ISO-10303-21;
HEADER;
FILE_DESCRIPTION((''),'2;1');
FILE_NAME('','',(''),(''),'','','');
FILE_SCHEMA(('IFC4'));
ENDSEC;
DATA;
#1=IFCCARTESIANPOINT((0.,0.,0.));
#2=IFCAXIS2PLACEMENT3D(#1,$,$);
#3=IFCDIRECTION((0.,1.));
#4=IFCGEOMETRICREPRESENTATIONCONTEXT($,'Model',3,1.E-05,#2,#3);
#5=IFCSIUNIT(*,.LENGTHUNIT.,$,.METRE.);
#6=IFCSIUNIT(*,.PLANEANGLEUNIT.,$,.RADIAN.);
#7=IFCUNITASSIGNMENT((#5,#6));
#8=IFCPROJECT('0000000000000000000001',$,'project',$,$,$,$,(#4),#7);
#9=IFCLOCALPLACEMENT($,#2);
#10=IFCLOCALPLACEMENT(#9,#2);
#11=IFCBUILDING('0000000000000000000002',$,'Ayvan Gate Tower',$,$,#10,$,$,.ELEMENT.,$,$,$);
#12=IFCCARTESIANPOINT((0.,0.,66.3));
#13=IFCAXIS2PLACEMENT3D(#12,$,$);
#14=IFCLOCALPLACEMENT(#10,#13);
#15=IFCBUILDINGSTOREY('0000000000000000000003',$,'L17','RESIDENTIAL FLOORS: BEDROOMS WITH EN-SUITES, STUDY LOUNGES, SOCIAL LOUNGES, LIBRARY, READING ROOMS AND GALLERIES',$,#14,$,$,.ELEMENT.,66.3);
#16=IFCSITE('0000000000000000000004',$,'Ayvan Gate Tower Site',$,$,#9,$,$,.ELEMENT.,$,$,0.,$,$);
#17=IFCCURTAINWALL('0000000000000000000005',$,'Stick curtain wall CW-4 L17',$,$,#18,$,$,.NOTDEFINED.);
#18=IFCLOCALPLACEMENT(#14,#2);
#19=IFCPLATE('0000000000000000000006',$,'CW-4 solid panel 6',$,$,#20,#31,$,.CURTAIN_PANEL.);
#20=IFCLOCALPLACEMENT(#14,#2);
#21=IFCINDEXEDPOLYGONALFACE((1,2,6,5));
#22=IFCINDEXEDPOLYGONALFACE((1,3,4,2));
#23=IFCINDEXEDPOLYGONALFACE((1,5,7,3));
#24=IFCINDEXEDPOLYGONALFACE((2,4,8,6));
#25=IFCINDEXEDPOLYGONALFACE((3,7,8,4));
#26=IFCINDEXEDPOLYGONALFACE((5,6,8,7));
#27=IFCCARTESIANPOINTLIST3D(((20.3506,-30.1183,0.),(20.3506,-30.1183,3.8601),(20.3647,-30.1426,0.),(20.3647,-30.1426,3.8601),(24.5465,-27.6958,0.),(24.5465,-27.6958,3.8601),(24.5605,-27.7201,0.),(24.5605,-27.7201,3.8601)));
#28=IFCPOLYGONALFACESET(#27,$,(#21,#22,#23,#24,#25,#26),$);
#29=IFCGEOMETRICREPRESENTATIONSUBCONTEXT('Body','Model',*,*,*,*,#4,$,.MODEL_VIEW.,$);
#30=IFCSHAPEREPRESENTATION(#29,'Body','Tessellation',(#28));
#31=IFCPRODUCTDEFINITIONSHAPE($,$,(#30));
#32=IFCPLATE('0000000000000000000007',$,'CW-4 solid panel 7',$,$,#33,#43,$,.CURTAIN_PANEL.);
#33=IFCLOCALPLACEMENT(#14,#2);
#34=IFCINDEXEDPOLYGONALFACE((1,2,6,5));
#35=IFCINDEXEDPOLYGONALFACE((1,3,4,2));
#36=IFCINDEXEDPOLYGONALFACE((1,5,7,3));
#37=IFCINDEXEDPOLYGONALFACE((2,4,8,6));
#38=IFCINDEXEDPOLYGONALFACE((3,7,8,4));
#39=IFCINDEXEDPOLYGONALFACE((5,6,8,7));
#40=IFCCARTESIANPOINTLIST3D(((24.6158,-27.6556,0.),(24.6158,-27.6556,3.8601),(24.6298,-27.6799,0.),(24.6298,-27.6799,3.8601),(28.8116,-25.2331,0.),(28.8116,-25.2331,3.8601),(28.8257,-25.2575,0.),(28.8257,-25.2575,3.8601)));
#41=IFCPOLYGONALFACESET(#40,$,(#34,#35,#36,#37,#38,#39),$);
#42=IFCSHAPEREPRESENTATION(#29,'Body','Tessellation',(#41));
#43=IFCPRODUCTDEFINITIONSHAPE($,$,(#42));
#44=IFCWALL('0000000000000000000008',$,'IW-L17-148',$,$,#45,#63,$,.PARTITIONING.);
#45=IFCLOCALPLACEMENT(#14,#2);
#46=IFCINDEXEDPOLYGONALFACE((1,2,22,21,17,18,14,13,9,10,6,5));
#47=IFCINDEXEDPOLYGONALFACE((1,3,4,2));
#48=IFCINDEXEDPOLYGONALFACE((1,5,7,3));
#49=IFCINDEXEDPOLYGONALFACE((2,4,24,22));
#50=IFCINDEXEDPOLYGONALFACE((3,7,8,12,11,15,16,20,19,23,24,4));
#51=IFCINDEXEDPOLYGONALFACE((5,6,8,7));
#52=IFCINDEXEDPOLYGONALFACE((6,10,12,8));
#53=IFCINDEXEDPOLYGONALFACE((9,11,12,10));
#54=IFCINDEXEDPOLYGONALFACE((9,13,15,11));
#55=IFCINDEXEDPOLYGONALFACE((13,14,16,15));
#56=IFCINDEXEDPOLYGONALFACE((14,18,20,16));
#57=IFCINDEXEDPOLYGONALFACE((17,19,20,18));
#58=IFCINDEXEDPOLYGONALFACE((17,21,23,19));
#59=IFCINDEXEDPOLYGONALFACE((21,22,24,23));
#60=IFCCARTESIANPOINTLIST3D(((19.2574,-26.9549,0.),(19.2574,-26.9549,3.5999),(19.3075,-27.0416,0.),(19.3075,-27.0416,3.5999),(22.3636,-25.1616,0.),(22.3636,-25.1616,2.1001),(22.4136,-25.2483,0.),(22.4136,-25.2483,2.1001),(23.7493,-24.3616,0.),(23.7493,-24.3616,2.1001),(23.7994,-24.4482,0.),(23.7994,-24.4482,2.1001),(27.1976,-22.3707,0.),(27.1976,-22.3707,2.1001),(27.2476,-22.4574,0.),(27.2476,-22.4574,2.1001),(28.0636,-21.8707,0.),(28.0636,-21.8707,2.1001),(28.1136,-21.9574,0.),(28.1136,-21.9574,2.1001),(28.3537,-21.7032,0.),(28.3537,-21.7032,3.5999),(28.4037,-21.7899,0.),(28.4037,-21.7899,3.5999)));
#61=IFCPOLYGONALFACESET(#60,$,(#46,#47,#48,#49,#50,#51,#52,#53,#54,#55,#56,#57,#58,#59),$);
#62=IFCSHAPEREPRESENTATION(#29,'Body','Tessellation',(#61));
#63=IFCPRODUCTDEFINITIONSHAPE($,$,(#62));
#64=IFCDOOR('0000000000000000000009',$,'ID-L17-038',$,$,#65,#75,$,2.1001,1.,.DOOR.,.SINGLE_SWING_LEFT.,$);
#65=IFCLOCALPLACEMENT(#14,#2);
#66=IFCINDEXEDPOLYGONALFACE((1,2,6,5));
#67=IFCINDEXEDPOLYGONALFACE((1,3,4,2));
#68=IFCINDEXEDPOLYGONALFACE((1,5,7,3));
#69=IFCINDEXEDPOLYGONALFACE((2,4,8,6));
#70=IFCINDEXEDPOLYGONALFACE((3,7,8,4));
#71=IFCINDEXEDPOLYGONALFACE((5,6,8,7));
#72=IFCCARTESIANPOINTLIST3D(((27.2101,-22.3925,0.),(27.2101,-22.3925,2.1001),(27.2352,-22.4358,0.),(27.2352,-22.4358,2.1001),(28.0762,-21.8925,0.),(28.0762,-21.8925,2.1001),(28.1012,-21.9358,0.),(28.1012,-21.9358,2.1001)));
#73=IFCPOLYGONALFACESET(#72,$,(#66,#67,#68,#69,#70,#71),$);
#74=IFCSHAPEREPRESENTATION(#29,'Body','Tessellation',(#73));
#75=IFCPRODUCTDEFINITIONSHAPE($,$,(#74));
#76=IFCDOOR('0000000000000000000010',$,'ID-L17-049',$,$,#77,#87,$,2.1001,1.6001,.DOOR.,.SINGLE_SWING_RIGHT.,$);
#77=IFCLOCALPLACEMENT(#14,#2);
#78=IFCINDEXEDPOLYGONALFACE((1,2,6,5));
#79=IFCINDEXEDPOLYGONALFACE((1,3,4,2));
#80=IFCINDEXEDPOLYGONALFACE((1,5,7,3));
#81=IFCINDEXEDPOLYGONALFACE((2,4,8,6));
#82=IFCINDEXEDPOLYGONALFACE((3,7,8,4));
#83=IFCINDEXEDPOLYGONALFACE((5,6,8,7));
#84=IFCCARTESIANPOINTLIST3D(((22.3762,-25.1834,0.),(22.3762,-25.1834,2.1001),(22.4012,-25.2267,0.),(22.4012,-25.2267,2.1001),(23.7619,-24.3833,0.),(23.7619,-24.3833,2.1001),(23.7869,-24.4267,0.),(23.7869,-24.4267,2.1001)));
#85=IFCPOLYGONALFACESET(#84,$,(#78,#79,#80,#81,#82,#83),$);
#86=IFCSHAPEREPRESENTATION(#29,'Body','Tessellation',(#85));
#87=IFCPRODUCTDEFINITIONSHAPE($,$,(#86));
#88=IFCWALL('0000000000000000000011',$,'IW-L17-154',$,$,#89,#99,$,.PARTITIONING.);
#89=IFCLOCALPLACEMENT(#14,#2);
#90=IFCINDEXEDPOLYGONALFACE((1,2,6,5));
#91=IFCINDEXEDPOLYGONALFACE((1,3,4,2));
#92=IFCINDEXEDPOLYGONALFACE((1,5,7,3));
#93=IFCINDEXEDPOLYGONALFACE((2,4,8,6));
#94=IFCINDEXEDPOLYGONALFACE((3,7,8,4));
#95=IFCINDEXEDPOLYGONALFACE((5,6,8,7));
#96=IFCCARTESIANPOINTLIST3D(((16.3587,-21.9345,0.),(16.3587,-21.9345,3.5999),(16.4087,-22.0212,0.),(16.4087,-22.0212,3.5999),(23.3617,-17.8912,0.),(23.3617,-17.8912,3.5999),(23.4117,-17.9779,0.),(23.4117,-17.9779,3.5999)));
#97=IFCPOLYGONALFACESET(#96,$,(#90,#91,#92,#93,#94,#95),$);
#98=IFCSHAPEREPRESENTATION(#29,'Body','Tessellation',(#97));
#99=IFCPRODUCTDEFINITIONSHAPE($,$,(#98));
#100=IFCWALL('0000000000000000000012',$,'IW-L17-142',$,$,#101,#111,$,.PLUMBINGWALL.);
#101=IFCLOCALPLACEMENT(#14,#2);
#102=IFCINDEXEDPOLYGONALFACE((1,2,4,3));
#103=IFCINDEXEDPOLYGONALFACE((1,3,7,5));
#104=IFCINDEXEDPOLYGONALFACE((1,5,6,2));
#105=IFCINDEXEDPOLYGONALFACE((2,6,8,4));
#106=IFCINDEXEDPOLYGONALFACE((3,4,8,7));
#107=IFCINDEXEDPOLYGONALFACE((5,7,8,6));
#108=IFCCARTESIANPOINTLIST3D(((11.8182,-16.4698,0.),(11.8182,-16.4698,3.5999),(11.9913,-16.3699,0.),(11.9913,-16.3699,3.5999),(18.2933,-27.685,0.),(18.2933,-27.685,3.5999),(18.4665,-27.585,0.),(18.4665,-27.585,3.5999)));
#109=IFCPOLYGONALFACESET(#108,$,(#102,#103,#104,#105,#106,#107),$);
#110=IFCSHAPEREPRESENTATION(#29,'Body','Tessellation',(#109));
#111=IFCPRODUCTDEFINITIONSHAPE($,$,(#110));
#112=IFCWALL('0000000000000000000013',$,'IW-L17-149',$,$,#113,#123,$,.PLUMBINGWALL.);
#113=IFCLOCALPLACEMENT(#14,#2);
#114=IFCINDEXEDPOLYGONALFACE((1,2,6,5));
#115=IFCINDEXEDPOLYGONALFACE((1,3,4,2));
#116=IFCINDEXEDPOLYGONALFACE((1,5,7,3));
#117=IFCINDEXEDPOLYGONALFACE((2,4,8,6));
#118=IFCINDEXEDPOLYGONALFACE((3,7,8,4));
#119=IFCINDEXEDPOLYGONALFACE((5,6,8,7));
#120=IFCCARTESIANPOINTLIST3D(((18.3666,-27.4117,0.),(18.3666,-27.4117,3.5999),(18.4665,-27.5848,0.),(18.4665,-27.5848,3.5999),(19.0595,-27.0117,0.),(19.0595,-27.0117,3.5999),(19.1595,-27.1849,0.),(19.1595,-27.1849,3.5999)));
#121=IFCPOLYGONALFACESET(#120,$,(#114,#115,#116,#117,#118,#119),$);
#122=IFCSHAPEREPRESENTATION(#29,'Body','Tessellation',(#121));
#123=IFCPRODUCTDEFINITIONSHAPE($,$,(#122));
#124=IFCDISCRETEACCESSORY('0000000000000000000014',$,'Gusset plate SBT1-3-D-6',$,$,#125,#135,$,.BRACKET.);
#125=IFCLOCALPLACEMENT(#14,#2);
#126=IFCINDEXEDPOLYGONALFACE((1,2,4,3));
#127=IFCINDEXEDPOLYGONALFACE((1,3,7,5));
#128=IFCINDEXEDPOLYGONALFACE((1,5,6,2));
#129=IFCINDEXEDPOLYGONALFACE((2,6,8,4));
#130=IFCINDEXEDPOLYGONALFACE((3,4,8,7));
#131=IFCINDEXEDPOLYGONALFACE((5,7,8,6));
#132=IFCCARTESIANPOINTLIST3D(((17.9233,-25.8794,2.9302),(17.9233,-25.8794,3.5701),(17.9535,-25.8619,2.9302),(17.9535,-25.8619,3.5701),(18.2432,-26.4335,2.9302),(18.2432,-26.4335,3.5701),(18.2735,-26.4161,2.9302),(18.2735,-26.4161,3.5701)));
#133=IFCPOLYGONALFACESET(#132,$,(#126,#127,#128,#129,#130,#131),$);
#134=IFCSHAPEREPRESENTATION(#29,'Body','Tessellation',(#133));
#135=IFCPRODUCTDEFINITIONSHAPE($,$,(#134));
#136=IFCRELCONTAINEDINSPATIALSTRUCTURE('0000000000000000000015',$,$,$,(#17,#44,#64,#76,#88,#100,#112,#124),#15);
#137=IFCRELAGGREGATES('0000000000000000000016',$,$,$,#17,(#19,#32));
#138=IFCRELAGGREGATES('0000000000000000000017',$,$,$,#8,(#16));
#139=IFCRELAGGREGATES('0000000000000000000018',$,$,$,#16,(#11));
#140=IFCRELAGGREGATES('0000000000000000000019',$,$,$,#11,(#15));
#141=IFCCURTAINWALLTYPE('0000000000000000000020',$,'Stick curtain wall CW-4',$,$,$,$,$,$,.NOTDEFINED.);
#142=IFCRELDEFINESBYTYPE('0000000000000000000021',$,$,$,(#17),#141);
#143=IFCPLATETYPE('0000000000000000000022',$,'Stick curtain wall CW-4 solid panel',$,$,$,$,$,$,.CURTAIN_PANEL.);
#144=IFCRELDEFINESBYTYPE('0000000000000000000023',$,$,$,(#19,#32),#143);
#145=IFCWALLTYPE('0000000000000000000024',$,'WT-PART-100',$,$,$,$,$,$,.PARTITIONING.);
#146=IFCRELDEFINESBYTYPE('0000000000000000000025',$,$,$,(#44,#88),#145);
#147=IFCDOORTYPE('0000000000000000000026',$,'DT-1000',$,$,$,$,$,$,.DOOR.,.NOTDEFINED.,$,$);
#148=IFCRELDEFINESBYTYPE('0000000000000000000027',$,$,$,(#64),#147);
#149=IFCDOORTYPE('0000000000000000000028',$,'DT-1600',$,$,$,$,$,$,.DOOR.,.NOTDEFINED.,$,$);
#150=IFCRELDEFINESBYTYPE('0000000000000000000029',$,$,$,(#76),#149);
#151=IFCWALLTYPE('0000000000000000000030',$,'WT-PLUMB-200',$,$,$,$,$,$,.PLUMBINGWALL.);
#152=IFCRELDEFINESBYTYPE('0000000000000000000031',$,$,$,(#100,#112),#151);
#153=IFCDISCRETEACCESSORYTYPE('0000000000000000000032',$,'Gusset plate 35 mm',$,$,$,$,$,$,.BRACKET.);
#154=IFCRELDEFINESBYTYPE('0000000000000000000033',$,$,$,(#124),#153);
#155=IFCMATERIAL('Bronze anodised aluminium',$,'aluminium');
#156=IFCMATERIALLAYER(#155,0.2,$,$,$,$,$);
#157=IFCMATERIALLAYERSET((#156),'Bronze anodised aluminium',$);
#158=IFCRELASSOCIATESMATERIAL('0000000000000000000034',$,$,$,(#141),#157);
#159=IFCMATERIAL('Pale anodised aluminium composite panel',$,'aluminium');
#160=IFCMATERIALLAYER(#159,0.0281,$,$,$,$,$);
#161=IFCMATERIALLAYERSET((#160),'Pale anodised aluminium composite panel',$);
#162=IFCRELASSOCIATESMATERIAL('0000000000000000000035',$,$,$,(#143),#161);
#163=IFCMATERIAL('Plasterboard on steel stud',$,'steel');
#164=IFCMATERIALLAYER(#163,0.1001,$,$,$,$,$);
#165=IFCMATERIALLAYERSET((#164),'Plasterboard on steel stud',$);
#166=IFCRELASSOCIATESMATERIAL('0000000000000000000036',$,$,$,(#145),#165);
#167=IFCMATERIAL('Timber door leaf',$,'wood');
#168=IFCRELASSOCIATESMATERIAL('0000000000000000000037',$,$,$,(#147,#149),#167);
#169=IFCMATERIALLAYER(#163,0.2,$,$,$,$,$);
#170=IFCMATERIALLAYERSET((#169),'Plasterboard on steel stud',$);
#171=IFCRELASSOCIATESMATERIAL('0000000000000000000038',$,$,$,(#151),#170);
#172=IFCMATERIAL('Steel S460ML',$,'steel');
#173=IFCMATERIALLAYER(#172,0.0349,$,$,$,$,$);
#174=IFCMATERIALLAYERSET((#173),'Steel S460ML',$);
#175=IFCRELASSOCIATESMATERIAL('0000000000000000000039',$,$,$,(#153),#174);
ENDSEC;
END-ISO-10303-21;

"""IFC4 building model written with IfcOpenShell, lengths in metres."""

from ifc_helpers import new_model, si_unit, direction, frame, frame_2d, origin, origin_2d, place, context, subcontext, project, spatial, rectangle, extrude, material, layer, layer_set, type_object, element, fill, aggregate, save


model = new_model("IFC4")

# Units and contexts
model_context = context("Model", 3, precision=1e-05, world=origin(), true_north=direction((0.0, 1.0)))
body_context = subcontext(model_context, "Body", "Model", "MODEL_VIEW")
ifc_project = project(units=[si_unit("LENGTHUNIT", "METRE"), si_unit("PLANEANGLEUNIT", "RADIAN")], contexts=[model_context])

# Site, building, storey
site_placement = place(None, origin())
site = spatial("IfcSite", under=ifc_project, at=site_placement, Name="Ayvan Gate Tower Site", CompositionType="ELEMENT", RefElevation=0.0)
building_placement = place(site_placement, origin())
building = spatial("IfcBuilding", under=site, at=building_placement, Name="Ayvan Gate Tower", CompositionType="ELEMENT")
storey_placement = place(building_placement, frame((0.0, 0.0, 66.3)))
storey = spatial("IfcBuildingStorey", under=building, at=storey_placement, Name="L17", Description="RESIDENTIAL FLOORS: BEDROOMS WITH EN-SUITES, STUDY LOUNGES, SOCIAL LOUNGES, LIBRARY, READING ROOMS AND GALLERIES", CompositionType="ELEMENT", Elevation=66.3)

# Shared definitions
ifc_material_1 = material(Name="Steel S460ML", Category="steel")

# Curtain wall, plates
ifc_material_2 = material(Name="Bronze anodised aluminium", Category="aluminium")
ifc_layer_1 = layer(ifc_material_2, 0.2)
ifc_layer_set_1 = layer_set([ifc_layer_1], Name="Bronze anodised aluminium")
curtain_wall_type = type_object("IfcCurtainWallType", Name="Stick curtain wall CW-4", PredefinedType="NOTDEFINED", material=ifc_layer_set_1)
curtain_wall_placement = place(storey_placement, origin())
curtain_wall = element("IfcCurtainWall", 1, at=curtain_wall_placement, inside=storey, type_object=curtain_wall_type, Name="Stick curtain wall CW-4 L17", PredefinedType="NOTDEFINED")
ifc_material_3 = material(Name="Pale anodised aluminium composite panel", Category="aluminium")
ifc_layer_2 = layer(ifc_material_3, 0.0281)
ifc_layer_set_2 = layer_set([ifc_layer_2], Name="Pale anodised aluminium composite panel")
plate_type = type_object("IfcPlateType", Name="Stick curtain wall CW-4 solid panel", PredefinedType="CURTAIN_PANEL", material=ifc_layer_set_2)
plate_1_placement = place(storey_placement, frame((22.4556, -28.9192, 0.0), z_axis=(0.0, 0.0, 1.0), x_axis=(0.866025, 0.5, 0.0)))
plate_1 = element("IfcPlate", 2, at=plate_1_placement, type_object=plate_type, Name="CW-4 solid panel 6", PredefinedType="CURTAIN_PANEL", context=body_context, shape_type="SweptSolid", body=[
    extrude(rectangle(XDim=4.845, YDim=0.0281, at=origin_2d()), origin(), (0.0, 0.0, 1.0), 3.8601),
])
plate_2_placement = place(storey_placement, frame((26.7207, -26.4565, 0.0), z_axis=(0.0, 0.0, 1.0), x_axis=(0.866025, 0.5, 0.0)))
plate_2 = element("IfcPlate", 3, at=plate_2_placement, type_object=plate_type, Name="CW-4 solid panel 7", PredefinedType="CURTAIN_PANEL", context=body_context, shape_type="SweptSolid", body=[
    extrude(rectangle(XDim=4.845, YDim=0.0281, at=origin_2d()), origin(), (0.0, 0.0, 1.0), 3.8601),
])
aggregate(curtain_wall, [plate_1, plate_2])

# Wall, openings, doors
ifc_material_4 = material(Name="Plasterboard on steel stud", Category="steel")
ifc_layer_3 = layer(ifc_material_4, 0.1001)
ifc_layer_set_3 = layer_set([ifc_layer_3], Name="Plasterboard on steel stud")
wall_type_1 = type_object("IfcWallType", Name="WT-PART-100", PredefinedType="PARTITIONING", material=ifc_layer_set_3)
wall_1_placement = place(storey_placement, frame((19.2825, -26.9983, 0.0), z_axis=(0.0, 0.0, 1.0), x_axis=(0.866025, 0.500001, 0.0)))
wall_1 = element("IfcWall", 4, at=wall_1_placement, inside=storey, type_object=wall_type_1, Name="IW-L17-148", PredefinedType="PARTITIONING", context=body_context, shape_type="SweptSolid", body=[
    extrude(rectangle(XDim=10.5034, YDim=0.1001, at=frame_2d((5.2517, 0.0))), origin(), (0.0, 0.0, 1.0), 3.5999),
])
opening_1_placement = place(wall_1_placement, frame((9.1685, 0.0, 0.0)))
opening_1 = element("IfcOpeningElement", 5, at=opening_1_placement, cuts=wall_1, PredefinedType="OPENING", context=body_context, shape_type="SweptSolid", body=[
    extrude(rectangle(XDim=1.0, YDim=2.1001, at=frame_2d((0.5, 1.05))), frame((0.0, 0.0601, 0.0), z_axis=(0.0, -1.0, 0.0), x_axis=(1.0, 0.0, 0.0)), (0.0, 0.0, 1.0), 0.1201),
])
opening_2_placement = place(wall_1_placement, frame((3.5867, 0.0, 0.0)))
opening_2 = element("IfcOpeningElement", 6, at=opening_2_placement, cuts=wall_1, PredefinedType="OPENING", context=body_context, shape_type="SweptSolid", body=[
    extrude(rectangle(XDim=1.6001, YDim=2.1001, at=frame_2d((0.8, 1.05))), frame((0.0, 0.0601, 0.0), z_axis=(0.0, -1.0, 0.0), x_axis=(1.0, 0.0, 0.0)), (0.0, 0.0, 1.0), 0.1201),
])
ifc_material_5 = material(Name="Timber door leaf", Category="wood")
door_type_1 = type_object("IfcDoorType", Name="DT-1000", OperationType="NOTDEFINED", PredefinedType="DOOR", material=ifc_material_5)
door_1_placement = place(opening_1_placement, origin())
door_1 = element("IfcDoor", 7, at=door_1_placement, inside=storey, type_object=door_type_1, Name="ID-L17-038", OperationType="SINGLE_SWING_LEFT", OverallHeight=2.1001, OverallWidth=1.0, PredefinedType="DOOR", context=body_context, shape_type="SweptSolid", body=[
    extrude(rectangle(XDim=1.0, YDim=2.1001, at=frame_2d((0.5, 1.05))), frame((0.0, 0.0249, 0.0), z_axis=(0.0, -1.0, 0.0), x_axis=(1.0, 0.0, 0.0)), (0.0, 0.0, 1.0), 0.05),
])
fill(opening_1, door_1)
door_type_2 = type_object("IfcDoorType", Name="DT-1600", OperationType="NOTDEFINED", PredefinedType="DOOR", material=ifc_material_5)
door_2_placement = place(opening_2_placement, origin())
door_2 = element("IfcDoor", 8, at=door_2_placement, inside=storey, type_object=door_type_2, Name="ID-L17-049", OperationType="SINGLE_SWING_RIGHT", OverallHeight=2.1001, OverallWidth=1.6001, PredefinedType="DOOR", context=body_context, shape_type="SweptSolid", body=[
    extrude(rectangle(XDim=1.6001, YDim=2.1001, at=frame_2d((0.8, 1.05))), frame((0.0, 0.0249, 0.0), z_axis=(0.0, -1.0, 0.0), x_axis=(1.0, 0.0, 0.0)), (0.0, 0.0, 1.0), 0.05),
])
fill(opening_2, door_2)

# Walls
wall_2_placement = place(storey_placement, frame((23.3867, -17.9346, 0.0), z_axis=(0.0, 0.0, 1.0), x_axis=(-0.866022, -0.500006, 0.0)))
element("IfcWall", 9, at=wall_2_placement, inside=storey, type_object=wall_type_1, Name="IW-L17-154", PredefinedType="PARTITIONING", context=body_context, shape_type="SweptSolid", body=[
    extrude(rectangle(XDim=8.0864, YDim=0.1001, at=frame_2d((4.0432, 0.0))), origin(), (0.0, 0.0, 1.0), 3.5999),
])
ifc_layer_4 = layer(ifc_material_4, 0.2)
ifc_layer_set_4 = layer_set([ifc_layer_4], Name="Plasterboard on steel stud")
wall_type_2 = type_object("IfcWallType", Name="WT-PLUMB-200", PredefinedType="PLUMBINGWALL", material=ifc_layer_set_4)
wall_3_placement = place(storey_placement, frame((18.3799, -27.635, 0.0), z_axis=(0.0, 0.0, 1.0), x_axis=(-0.500004, 0.866023, 0.0)))
element("IfcWall", 10, at=wall_3_placement, inside=storey, type_object=wall_type_2, Name="IW-L17-142", PredefinedType="PLUMBINGWALL", context=body_context, shape_type="SweptSolid", body=[
    extrude(rectangle(XDim=12.9502, YDim=0.2, at=frame_2d((6.4751, 0.0))), origin(), (0.0, 0.0, 1.0), 3.5999),
])
wall_4_placement = place(storey_placement, frame((19.1094, -27.0984, 0.0), z_axis=(0.0, 0.0, 1.0), x_axis=(-0.866094, -0.499881, 0.0)))
element("IfcWall", 11, at=wall_4_placement, inside=storey, type_object=wall_type_2, Name="IW-L17-149", PredefinedType="PLUMBINGWALL", context=body_context, shape_type="SweptSolid", body=[
    extrude(rectangle(XDim=0.8, YDim=0.2, at=frame_2d((0.3999, 0.0))), origin(), (0.0, 0.0, 1.0), 3.5999),
])

# Discrete accessory
ifc_layer_5 = layer(ifc_material_1, 0.0349)
ifc_layer_set_5 = layer_set([ifc_layer_5], Name="Steel S460ML")
discrete_accessory_type = type_object("IfcDiscreteAccessoryType", Name="Gusset plate 35 mm", PredefinedType="BRACKET", material=ifc_layer_set_5)
discrete_accessory_placement = place(storey_placement, frame((18.0984, -26.1477, 2.9302), z_axis=(0.0, 0.0, 1.0), x_axis=(-0.5, 0.866025, 0.0)))
element("IfcDiscreteAccessory", 12, at=discrete_accessory_placement, inside=storey, type_object=discrete_accessory_type, Name="Gusset plate SBT1-3-D-6", PredefinedType="BRACKET", context=body_context, shape_type="SweptSolid", body=[
    extrude(rectangle(XDim=0.6399, YDim=0.0349, at=origin_2d()), origin(), (0.0, 0.0, 1.0), 0.6399),
])

save(model, "model.ifc")
